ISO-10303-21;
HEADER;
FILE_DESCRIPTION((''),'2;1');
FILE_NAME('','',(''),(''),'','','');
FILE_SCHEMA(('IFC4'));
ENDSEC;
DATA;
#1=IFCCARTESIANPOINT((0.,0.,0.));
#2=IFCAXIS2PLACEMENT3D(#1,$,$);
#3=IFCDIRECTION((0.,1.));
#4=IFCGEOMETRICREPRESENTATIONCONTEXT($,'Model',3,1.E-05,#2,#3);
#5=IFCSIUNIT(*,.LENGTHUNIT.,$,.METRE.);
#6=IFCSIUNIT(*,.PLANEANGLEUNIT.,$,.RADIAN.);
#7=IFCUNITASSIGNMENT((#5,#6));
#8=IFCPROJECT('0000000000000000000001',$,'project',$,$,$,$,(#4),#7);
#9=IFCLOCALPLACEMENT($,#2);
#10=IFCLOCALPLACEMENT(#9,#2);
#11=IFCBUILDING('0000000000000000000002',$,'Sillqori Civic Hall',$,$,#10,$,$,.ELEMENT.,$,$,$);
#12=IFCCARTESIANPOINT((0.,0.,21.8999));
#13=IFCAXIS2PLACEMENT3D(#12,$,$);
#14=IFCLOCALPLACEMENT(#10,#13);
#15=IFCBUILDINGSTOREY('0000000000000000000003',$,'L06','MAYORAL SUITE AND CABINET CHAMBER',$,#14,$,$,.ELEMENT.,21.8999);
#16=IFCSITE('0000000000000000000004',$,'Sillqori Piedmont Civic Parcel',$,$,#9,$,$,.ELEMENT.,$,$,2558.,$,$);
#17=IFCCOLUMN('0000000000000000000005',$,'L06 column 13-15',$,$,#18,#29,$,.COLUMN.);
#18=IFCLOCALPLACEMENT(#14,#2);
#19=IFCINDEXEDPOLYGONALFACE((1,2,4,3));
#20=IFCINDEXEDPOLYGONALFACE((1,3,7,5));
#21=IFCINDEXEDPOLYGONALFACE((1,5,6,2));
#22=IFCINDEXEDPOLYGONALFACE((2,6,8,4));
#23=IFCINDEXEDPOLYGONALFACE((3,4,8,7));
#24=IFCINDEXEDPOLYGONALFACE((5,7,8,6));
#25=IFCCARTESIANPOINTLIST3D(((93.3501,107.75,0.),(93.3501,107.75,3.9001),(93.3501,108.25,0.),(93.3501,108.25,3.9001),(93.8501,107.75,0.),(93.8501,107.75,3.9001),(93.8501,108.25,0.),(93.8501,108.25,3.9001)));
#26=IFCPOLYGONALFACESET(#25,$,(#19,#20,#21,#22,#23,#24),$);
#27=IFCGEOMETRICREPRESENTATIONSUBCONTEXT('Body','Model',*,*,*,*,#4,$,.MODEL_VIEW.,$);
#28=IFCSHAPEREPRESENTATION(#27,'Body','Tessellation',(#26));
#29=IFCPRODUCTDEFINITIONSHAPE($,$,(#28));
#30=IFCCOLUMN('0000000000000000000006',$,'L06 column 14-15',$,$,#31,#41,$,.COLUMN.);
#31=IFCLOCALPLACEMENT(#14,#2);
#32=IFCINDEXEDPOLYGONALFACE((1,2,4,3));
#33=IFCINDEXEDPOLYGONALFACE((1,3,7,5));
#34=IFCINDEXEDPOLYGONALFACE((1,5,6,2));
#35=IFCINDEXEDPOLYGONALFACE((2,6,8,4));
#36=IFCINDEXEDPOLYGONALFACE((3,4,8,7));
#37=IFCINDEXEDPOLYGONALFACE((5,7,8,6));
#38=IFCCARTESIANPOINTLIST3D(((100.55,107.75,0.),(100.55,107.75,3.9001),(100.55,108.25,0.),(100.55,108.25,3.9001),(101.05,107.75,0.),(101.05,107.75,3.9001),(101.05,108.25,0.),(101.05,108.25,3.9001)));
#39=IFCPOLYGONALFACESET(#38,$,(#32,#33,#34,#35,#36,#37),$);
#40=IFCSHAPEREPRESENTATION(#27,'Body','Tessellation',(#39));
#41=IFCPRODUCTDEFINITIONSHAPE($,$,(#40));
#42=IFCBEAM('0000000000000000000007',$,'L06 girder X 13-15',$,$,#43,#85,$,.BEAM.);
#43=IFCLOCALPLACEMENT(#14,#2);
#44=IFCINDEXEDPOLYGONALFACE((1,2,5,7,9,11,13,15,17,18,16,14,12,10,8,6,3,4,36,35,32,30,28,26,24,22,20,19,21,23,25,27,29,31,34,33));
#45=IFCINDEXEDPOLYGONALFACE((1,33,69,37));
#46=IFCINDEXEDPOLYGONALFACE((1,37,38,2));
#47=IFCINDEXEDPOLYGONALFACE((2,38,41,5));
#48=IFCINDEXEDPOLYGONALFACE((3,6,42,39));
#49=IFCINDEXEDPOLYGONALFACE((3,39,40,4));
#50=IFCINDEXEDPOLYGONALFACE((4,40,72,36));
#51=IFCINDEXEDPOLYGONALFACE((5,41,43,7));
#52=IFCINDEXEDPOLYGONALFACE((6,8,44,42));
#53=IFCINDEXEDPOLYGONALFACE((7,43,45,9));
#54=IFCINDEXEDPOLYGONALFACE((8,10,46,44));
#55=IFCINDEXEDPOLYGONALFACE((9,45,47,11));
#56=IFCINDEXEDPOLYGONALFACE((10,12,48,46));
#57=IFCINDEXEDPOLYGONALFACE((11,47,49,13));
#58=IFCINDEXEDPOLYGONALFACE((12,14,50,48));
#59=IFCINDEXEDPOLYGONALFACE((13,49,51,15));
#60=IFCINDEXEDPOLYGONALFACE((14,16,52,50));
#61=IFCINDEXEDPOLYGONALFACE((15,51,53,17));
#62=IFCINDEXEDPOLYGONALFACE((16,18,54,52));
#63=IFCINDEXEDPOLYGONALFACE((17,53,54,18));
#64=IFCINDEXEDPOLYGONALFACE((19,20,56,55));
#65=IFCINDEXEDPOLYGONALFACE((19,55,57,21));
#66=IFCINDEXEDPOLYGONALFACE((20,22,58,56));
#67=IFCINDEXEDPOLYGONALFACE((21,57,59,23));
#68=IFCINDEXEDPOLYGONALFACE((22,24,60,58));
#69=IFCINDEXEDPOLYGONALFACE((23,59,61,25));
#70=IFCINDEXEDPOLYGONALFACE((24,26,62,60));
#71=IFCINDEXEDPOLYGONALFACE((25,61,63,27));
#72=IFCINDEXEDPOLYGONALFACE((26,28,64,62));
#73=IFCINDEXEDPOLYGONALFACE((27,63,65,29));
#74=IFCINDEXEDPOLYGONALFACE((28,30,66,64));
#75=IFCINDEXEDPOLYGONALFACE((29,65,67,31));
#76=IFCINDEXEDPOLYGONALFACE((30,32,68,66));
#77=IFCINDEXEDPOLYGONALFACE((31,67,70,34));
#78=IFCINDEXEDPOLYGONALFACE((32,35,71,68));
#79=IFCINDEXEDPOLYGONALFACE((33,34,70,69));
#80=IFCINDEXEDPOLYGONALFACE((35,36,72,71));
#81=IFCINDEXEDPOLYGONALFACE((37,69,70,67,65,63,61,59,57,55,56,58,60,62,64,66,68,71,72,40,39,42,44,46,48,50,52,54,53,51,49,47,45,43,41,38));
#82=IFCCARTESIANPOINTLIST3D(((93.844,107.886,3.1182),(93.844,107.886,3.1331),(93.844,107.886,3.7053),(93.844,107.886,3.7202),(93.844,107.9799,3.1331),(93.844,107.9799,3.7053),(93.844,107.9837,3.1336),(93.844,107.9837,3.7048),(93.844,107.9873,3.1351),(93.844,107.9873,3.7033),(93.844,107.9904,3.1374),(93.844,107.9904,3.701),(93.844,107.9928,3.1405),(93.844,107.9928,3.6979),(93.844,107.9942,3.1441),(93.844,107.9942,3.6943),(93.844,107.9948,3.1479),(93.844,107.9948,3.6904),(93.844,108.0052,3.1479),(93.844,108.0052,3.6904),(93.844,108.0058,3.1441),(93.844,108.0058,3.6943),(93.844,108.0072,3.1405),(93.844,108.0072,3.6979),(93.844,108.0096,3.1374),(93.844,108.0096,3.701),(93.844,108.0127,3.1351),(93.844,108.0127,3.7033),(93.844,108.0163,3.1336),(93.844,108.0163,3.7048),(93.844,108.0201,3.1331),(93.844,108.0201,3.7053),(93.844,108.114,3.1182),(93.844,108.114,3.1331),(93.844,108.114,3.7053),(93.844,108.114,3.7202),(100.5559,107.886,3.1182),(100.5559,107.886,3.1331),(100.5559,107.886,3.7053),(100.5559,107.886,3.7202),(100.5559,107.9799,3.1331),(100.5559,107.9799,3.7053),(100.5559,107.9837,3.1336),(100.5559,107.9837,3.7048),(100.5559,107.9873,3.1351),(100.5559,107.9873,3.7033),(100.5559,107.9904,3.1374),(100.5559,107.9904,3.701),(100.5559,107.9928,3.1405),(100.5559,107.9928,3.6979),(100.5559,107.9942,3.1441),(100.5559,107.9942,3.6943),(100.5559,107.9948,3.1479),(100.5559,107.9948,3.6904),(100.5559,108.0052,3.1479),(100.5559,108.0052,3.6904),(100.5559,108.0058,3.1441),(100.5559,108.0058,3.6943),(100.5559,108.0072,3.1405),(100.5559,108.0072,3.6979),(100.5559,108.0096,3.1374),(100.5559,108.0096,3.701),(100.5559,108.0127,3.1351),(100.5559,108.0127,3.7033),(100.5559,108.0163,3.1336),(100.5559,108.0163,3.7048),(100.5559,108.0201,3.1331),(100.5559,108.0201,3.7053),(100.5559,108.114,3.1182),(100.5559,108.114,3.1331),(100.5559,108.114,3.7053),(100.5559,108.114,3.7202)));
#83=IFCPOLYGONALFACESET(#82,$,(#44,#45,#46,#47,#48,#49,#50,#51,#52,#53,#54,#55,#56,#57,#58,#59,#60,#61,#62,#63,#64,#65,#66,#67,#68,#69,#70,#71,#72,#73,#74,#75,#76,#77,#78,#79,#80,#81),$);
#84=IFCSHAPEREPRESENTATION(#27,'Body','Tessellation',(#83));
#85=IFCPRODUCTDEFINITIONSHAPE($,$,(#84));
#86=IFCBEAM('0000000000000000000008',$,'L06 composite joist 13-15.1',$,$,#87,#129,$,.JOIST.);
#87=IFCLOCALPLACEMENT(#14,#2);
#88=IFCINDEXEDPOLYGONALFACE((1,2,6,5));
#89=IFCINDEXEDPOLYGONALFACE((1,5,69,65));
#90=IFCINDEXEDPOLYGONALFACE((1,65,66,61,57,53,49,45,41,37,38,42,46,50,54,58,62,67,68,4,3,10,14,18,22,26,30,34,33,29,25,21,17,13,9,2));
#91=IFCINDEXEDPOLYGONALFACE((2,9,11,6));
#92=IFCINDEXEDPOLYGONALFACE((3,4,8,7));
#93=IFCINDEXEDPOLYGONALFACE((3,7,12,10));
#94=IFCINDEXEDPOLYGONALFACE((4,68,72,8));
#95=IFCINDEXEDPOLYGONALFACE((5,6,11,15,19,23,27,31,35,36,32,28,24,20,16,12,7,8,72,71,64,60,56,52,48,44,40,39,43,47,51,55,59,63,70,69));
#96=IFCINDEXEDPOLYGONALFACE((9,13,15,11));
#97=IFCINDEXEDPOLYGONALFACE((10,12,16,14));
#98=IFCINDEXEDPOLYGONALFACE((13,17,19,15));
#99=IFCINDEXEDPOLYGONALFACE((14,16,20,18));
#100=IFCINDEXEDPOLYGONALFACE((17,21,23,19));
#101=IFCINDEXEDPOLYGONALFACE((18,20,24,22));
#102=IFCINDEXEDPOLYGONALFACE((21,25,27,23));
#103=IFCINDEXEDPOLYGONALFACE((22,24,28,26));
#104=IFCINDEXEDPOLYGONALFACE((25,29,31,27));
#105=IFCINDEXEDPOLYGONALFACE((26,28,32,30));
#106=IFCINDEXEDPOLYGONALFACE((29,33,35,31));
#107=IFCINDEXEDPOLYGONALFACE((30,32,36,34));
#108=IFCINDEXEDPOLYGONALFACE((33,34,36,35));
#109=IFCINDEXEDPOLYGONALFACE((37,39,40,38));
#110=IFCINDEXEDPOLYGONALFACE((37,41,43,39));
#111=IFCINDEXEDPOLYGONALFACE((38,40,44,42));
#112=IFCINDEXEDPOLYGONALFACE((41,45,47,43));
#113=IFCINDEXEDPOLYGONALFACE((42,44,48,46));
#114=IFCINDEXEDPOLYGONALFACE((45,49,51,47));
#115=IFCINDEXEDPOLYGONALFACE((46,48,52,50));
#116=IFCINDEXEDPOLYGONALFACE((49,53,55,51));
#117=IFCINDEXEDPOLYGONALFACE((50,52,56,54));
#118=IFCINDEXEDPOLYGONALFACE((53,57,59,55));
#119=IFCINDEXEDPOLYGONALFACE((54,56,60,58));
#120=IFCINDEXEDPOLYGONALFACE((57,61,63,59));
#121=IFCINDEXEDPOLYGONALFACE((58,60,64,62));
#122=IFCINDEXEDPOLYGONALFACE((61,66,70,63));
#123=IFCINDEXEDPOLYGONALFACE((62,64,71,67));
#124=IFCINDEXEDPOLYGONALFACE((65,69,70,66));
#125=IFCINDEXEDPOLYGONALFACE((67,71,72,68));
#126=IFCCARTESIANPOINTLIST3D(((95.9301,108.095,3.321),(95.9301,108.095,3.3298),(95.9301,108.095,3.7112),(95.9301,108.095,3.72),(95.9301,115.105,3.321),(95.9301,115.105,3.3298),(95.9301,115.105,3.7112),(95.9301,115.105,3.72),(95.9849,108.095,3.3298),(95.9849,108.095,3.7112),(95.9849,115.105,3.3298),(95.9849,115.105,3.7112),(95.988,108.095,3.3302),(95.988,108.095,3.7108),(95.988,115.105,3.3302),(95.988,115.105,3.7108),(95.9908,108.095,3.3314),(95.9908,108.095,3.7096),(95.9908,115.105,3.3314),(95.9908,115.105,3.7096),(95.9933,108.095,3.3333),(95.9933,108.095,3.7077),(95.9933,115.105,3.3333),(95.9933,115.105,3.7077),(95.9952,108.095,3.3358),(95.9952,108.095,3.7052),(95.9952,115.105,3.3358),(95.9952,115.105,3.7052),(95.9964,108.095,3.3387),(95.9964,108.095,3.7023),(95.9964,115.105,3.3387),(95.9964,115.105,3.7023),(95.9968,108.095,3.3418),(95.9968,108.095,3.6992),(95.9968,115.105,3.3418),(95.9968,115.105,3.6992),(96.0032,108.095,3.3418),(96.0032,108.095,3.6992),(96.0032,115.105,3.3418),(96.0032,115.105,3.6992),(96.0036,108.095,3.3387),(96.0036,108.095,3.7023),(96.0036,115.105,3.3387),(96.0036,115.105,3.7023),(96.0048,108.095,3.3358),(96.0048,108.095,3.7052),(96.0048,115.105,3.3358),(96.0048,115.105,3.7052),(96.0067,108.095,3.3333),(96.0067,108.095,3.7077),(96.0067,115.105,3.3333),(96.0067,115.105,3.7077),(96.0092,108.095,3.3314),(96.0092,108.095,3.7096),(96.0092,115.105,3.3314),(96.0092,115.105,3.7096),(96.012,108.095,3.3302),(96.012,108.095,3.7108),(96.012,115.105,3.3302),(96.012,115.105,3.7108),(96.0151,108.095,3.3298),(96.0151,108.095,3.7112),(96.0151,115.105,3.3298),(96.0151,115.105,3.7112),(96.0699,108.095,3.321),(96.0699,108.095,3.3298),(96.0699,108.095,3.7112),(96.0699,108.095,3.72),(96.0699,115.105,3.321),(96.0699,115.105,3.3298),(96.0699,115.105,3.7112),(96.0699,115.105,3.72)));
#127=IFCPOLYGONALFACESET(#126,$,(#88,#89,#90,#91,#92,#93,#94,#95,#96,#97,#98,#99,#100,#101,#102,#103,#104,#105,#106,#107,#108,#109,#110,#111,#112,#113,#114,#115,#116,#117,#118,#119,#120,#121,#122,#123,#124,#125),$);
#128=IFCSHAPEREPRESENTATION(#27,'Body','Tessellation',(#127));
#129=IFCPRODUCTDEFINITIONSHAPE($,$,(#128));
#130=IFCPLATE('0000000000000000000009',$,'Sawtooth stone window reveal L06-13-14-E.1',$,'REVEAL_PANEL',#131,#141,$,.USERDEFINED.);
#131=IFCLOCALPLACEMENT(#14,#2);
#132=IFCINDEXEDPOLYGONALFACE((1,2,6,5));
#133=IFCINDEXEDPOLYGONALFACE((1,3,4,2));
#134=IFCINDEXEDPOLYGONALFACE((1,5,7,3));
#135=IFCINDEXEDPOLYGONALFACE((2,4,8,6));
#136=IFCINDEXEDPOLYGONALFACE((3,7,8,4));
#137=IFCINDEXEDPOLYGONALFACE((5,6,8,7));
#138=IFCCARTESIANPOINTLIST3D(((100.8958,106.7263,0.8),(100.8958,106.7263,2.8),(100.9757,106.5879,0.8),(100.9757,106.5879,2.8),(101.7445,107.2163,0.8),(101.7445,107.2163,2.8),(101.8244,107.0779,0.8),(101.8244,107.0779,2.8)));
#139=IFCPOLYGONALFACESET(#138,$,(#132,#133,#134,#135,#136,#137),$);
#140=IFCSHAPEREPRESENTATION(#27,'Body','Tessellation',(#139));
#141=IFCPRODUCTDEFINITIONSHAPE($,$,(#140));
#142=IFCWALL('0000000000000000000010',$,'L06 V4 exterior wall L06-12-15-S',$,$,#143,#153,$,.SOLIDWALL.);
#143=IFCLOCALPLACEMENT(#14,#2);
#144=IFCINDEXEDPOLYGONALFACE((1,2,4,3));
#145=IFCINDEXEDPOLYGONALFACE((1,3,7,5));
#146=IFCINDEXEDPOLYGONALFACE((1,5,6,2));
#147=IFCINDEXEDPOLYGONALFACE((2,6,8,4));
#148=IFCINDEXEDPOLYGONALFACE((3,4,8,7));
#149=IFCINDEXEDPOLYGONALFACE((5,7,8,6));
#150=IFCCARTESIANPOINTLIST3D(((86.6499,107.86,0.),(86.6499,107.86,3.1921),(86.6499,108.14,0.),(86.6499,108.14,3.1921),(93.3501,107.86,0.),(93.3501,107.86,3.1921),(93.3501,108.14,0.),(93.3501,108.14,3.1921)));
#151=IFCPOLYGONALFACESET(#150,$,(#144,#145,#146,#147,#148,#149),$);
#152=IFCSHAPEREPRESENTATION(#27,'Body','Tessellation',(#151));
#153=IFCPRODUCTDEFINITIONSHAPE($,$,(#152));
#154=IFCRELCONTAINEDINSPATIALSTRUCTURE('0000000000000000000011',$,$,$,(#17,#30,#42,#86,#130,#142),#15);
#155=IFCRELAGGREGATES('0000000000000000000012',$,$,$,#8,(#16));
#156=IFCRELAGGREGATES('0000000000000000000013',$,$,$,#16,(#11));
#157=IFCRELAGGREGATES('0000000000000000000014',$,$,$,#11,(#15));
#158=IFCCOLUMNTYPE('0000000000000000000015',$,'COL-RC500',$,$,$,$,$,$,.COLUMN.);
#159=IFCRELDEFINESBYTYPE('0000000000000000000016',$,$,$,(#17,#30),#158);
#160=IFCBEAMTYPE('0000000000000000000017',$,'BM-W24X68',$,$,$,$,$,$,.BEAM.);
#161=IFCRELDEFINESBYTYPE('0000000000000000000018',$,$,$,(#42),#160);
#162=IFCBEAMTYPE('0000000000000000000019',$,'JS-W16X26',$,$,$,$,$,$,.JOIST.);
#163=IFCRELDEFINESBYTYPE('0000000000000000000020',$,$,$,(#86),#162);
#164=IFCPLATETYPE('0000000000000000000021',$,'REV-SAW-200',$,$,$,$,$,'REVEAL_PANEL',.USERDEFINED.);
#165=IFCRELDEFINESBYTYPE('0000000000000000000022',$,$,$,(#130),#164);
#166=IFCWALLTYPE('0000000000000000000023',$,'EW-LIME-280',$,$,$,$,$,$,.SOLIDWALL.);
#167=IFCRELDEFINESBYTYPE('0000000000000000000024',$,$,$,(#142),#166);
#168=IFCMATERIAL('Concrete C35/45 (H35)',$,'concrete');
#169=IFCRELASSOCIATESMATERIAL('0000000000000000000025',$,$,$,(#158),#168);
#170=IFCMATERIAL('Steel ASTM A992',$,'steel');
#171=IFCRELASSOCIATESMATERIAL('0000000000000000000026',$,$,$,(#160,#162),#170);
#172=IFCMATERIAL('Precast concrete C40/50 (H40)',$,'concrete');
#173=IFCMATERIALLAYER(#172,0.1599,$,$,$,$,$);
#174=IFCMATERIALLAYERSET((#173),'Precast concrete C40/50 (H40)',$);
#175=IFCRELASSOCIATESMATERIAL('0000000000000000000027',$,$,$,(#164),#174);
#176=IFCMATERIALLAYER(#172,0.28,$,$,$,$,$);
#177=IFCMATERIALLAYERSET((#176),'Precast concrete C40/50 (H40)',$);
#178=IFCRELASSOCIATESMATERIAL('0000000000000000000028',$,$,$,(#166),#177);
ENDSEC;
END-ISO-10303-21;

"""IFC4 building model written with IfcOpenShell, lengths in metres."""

from ifc_helpers import new_model, si_unit, direction, frame, frame_2d, origin, origin_2d, place, context, subcontext, project, spatial, rectangle, i_section, extrude, material, layer, layer_set, material_profile, profile_set, type_object, element, save


model = new_model("IFC4")

# Units and contexts
model_context = context("Model", 3, precision=1e-05, world=origin(), true_north=direction((0.0, 1.0)))
body_context = subcontext(model_context, "Body", "Model", "MODEL_VIEW")
ifc_project = project(units=[si_unit("LENGTHUNIT", "METRE"), si_unit("PLANEANGLEUNIT", "RADIAN")], contexts=[model_context])

# Site, building, storey
site_placement = place(None, origin())
site = spatial("IfcSite", under=ifc_project, at=site_placement, Name="Sillqori Piedmont Civic Parcel", CompositionType="ELEMENT", RefElevation=2558.0)
building_placement = place(site_placement, origin())
building = spatial("IfcBuilding", under=site, at=building_placement, Name="Sillqori Civic Hall", CompositionType="ELEMENT")
storey_placement = place(building_placement, frame((0.0, 0.0, 21.8999)))
storey = spatial("IfcBuildingStorey", under=building, at=storey_placement, Name="L06", Description="MAYORAL SUITE AND CABINET CHAMBER", CompositionType="ELEMENT", Elevation=21.8999)

# Columns
ifc_material_1 = material(Name="Concrete C35/45 (H35)", Category="concrete")
ifc_material_profile_1 = material_profile(ifc_material_1, rectangle(XDim=0.5, YDim=0.5, at=origin_2d()), Name="RC 500x500")
ifc_profile_set_1 = profile_set([ifc_material_profile_1], Name="Concrete C35/45 (H35)")
column_type = type_object("IfcColumnType", Name="COL-RC500", PredefinedType="COLUMN", material=ifc_profile_set_1)
for number, where, z_axis, x_axis, name in (
    (1, (93.6001, 108.0, 0.0), (0.0, 0.0, 1.0), (1.0, 0.0, 0.0), "L06 column 13-15"),
    (2, (100.8, 108.0, 0.0), (0.0, 0.0, 1.0), (1.0, 0.0, 0.0), "L06 column 14-15"),
):
    element("IfcColumn", number, at=place(storey_placement, frame(where, z_axis=z_axis, x_axis=x_axis)), inside=storey, type_object=column_type, Name=name, PredefinedType="COLUMN", context=body_context, shape_type="SweptSolid", body=[
        extrude(rectangle(XDim=0.5, YDim=0.5, at=origin_2d()), origin(), (0.0, 0.0, 1.0), 3.9001),
    ])

# Beams
ifc_material_2 = material(Name="Steel ASTM A992", Category="steel")
ifc_material_profile_2 = material_profile(ifc_material_2, i_section(OverallWidth=0.228, OverallDepth=0.6021, WebThickness=0.0105, FlangeThickness=0.0149, FilletRadius=0.0149, at=origin_2d()), Name="W24X68")
ifc_profile_set_2 = profile_set([ifc_material_profile_2], Name="Steel ASTM A992")
beam_type_1 = type_object("IfcBeamType", Name="BM-W24X68", PredefinedType="BEAM", material=ifc_profile_set_2)
beam_1_placement = place(storey_placement, frame((93.844, 108.0, 3.4192), z_axis=(1.0, 0.0, 0.0), x_axis=(0.0, 1.0, 0.0)))
element("IfcBeam", 3, at=beam_1_placement, inside=storey, type_object=beam_type_1, Name="L06 girder X 13-15", PredefinedType="BEAM", context=body_context, shape_type="SweptSolid", body=[
    extrude(i_section(OverallWidth=0.228, OverallDepth=0.6021, WebThickness=0.0105, FlangeThickness=0.0149, FilletRadius=0.0149, at=origin_2d()), origin(), (0.0, 0.0, 1.0), 6.7119),
])
ifc_material_profile_3 = material_profile(ifc_material_2, i_section(OverallWidth=0.1399, OverallDepth=0.3989, WebThickness=0.0063, FlangeThickness=0.0088, FilletRadius=0.012, at=origin_2d()), Name="W16X26")
ifc_profile_set_3 = profile_set([ifc_material_profile_3], Name="Steel ASTM A992")
beam_type_2 = type_object("IfcBeamType", Name="JS-W16X26", PredefinedType="JOIST", material=ifc_profile_set_3)
beam_2_placement = place(storey_placement, frame((96.0, 108.095, 3.5205), z_axis=(0.0, 1.0, 0.0), x_axis=(-1.0, 0.0, 0.0)))
element("IfcBeam", 4, at=beam_2_placement, inside=storey, type_object=beam_type_2, Name="L06 composite joist 13-15.1", PredefinedType="JOIST", context=body_context, shape_type="SweptSolid", body=[
    extrude(i_section(OverallWidth=0.1399, OverallDepth=0.3989, WebThickness=0.0063, FlangeThickness=0.0088, FilletRadius=0.012, at=origin_2d()), origin(), (0.0, 0.0, 1.0), 7.01),
])

# Plate
ifc_material_3 = material(Name="Precast concrete C40/50 (H40)", Category="concrete")
ifc_layer_1 = layer(ifc_material_3, 0.1599)
ifc_layer_set_1 = layer_set([ifc_layer_1], Name="Precast concrete C40/50 (H40)")
plate_type = type_object("IfcPlateType", Name="REV-SAW-200", ElementType="REVEAL_PANEL", PredefinedType="USERDEFINED", material=ifc_layer_set_1)
plate_placement = place(storey_placement, frame((101.3601, 106.9021, 0.8), z_axis=(0.0, 0.0, 1.0), x_axis=(0.5, -0.866025, 0.0)))
element("IfcPlate", 5, at=plate_placement, inside=storey, type_object=plate_type, Name="Sawtooth stone window reveal L06-13-14-E.1", ObjectType="REVEAL_PANEL", PredefinedType="USERDEFINED", context=body_context, shape_type="SweptSolid", body=[
    extrude(rectangle(XDim=0.1599, YDim=0.98, at=origin_2d()), origin(), (0.0, 0.0, 1.0), 2.0),
])

# Wall
ifc_layer_2 = layer(ifc_material_3, 0.28)
ifc_layer_set_2 = layer_set([ifc_layer_2], Name="Precast concrete C40/50 (H40)")
wall_type = type_object("IfcWallType", Name="EW-LIME-280", PredefinedType="SOLIDWALL", material=ifc_layer_set_2)
wall_1_placement = place(storey_placement, frame((93.3501, 108.0, 0.0), z_axis=(0.0, 0.0, 1.0), x_axis=(-1.0, 0.0, 0.0)))
element("IfcWall", 6, at=wall_1_placement, inside=storey, type_object=wall_type, Name="L06 V4 exterior wall L06-12-15-S", PredefinedType="SOLIDWALL", context=body_context, shape_type="SweptSolid", body=[
    extrude(rectangle(XDim=6.7002, YDim=0.28, at=frame_2d((3.3501, 0.0))), origin(), (0.0, 0.0, 1.0), 3.1921),
])

save(model, "model.ifc")
